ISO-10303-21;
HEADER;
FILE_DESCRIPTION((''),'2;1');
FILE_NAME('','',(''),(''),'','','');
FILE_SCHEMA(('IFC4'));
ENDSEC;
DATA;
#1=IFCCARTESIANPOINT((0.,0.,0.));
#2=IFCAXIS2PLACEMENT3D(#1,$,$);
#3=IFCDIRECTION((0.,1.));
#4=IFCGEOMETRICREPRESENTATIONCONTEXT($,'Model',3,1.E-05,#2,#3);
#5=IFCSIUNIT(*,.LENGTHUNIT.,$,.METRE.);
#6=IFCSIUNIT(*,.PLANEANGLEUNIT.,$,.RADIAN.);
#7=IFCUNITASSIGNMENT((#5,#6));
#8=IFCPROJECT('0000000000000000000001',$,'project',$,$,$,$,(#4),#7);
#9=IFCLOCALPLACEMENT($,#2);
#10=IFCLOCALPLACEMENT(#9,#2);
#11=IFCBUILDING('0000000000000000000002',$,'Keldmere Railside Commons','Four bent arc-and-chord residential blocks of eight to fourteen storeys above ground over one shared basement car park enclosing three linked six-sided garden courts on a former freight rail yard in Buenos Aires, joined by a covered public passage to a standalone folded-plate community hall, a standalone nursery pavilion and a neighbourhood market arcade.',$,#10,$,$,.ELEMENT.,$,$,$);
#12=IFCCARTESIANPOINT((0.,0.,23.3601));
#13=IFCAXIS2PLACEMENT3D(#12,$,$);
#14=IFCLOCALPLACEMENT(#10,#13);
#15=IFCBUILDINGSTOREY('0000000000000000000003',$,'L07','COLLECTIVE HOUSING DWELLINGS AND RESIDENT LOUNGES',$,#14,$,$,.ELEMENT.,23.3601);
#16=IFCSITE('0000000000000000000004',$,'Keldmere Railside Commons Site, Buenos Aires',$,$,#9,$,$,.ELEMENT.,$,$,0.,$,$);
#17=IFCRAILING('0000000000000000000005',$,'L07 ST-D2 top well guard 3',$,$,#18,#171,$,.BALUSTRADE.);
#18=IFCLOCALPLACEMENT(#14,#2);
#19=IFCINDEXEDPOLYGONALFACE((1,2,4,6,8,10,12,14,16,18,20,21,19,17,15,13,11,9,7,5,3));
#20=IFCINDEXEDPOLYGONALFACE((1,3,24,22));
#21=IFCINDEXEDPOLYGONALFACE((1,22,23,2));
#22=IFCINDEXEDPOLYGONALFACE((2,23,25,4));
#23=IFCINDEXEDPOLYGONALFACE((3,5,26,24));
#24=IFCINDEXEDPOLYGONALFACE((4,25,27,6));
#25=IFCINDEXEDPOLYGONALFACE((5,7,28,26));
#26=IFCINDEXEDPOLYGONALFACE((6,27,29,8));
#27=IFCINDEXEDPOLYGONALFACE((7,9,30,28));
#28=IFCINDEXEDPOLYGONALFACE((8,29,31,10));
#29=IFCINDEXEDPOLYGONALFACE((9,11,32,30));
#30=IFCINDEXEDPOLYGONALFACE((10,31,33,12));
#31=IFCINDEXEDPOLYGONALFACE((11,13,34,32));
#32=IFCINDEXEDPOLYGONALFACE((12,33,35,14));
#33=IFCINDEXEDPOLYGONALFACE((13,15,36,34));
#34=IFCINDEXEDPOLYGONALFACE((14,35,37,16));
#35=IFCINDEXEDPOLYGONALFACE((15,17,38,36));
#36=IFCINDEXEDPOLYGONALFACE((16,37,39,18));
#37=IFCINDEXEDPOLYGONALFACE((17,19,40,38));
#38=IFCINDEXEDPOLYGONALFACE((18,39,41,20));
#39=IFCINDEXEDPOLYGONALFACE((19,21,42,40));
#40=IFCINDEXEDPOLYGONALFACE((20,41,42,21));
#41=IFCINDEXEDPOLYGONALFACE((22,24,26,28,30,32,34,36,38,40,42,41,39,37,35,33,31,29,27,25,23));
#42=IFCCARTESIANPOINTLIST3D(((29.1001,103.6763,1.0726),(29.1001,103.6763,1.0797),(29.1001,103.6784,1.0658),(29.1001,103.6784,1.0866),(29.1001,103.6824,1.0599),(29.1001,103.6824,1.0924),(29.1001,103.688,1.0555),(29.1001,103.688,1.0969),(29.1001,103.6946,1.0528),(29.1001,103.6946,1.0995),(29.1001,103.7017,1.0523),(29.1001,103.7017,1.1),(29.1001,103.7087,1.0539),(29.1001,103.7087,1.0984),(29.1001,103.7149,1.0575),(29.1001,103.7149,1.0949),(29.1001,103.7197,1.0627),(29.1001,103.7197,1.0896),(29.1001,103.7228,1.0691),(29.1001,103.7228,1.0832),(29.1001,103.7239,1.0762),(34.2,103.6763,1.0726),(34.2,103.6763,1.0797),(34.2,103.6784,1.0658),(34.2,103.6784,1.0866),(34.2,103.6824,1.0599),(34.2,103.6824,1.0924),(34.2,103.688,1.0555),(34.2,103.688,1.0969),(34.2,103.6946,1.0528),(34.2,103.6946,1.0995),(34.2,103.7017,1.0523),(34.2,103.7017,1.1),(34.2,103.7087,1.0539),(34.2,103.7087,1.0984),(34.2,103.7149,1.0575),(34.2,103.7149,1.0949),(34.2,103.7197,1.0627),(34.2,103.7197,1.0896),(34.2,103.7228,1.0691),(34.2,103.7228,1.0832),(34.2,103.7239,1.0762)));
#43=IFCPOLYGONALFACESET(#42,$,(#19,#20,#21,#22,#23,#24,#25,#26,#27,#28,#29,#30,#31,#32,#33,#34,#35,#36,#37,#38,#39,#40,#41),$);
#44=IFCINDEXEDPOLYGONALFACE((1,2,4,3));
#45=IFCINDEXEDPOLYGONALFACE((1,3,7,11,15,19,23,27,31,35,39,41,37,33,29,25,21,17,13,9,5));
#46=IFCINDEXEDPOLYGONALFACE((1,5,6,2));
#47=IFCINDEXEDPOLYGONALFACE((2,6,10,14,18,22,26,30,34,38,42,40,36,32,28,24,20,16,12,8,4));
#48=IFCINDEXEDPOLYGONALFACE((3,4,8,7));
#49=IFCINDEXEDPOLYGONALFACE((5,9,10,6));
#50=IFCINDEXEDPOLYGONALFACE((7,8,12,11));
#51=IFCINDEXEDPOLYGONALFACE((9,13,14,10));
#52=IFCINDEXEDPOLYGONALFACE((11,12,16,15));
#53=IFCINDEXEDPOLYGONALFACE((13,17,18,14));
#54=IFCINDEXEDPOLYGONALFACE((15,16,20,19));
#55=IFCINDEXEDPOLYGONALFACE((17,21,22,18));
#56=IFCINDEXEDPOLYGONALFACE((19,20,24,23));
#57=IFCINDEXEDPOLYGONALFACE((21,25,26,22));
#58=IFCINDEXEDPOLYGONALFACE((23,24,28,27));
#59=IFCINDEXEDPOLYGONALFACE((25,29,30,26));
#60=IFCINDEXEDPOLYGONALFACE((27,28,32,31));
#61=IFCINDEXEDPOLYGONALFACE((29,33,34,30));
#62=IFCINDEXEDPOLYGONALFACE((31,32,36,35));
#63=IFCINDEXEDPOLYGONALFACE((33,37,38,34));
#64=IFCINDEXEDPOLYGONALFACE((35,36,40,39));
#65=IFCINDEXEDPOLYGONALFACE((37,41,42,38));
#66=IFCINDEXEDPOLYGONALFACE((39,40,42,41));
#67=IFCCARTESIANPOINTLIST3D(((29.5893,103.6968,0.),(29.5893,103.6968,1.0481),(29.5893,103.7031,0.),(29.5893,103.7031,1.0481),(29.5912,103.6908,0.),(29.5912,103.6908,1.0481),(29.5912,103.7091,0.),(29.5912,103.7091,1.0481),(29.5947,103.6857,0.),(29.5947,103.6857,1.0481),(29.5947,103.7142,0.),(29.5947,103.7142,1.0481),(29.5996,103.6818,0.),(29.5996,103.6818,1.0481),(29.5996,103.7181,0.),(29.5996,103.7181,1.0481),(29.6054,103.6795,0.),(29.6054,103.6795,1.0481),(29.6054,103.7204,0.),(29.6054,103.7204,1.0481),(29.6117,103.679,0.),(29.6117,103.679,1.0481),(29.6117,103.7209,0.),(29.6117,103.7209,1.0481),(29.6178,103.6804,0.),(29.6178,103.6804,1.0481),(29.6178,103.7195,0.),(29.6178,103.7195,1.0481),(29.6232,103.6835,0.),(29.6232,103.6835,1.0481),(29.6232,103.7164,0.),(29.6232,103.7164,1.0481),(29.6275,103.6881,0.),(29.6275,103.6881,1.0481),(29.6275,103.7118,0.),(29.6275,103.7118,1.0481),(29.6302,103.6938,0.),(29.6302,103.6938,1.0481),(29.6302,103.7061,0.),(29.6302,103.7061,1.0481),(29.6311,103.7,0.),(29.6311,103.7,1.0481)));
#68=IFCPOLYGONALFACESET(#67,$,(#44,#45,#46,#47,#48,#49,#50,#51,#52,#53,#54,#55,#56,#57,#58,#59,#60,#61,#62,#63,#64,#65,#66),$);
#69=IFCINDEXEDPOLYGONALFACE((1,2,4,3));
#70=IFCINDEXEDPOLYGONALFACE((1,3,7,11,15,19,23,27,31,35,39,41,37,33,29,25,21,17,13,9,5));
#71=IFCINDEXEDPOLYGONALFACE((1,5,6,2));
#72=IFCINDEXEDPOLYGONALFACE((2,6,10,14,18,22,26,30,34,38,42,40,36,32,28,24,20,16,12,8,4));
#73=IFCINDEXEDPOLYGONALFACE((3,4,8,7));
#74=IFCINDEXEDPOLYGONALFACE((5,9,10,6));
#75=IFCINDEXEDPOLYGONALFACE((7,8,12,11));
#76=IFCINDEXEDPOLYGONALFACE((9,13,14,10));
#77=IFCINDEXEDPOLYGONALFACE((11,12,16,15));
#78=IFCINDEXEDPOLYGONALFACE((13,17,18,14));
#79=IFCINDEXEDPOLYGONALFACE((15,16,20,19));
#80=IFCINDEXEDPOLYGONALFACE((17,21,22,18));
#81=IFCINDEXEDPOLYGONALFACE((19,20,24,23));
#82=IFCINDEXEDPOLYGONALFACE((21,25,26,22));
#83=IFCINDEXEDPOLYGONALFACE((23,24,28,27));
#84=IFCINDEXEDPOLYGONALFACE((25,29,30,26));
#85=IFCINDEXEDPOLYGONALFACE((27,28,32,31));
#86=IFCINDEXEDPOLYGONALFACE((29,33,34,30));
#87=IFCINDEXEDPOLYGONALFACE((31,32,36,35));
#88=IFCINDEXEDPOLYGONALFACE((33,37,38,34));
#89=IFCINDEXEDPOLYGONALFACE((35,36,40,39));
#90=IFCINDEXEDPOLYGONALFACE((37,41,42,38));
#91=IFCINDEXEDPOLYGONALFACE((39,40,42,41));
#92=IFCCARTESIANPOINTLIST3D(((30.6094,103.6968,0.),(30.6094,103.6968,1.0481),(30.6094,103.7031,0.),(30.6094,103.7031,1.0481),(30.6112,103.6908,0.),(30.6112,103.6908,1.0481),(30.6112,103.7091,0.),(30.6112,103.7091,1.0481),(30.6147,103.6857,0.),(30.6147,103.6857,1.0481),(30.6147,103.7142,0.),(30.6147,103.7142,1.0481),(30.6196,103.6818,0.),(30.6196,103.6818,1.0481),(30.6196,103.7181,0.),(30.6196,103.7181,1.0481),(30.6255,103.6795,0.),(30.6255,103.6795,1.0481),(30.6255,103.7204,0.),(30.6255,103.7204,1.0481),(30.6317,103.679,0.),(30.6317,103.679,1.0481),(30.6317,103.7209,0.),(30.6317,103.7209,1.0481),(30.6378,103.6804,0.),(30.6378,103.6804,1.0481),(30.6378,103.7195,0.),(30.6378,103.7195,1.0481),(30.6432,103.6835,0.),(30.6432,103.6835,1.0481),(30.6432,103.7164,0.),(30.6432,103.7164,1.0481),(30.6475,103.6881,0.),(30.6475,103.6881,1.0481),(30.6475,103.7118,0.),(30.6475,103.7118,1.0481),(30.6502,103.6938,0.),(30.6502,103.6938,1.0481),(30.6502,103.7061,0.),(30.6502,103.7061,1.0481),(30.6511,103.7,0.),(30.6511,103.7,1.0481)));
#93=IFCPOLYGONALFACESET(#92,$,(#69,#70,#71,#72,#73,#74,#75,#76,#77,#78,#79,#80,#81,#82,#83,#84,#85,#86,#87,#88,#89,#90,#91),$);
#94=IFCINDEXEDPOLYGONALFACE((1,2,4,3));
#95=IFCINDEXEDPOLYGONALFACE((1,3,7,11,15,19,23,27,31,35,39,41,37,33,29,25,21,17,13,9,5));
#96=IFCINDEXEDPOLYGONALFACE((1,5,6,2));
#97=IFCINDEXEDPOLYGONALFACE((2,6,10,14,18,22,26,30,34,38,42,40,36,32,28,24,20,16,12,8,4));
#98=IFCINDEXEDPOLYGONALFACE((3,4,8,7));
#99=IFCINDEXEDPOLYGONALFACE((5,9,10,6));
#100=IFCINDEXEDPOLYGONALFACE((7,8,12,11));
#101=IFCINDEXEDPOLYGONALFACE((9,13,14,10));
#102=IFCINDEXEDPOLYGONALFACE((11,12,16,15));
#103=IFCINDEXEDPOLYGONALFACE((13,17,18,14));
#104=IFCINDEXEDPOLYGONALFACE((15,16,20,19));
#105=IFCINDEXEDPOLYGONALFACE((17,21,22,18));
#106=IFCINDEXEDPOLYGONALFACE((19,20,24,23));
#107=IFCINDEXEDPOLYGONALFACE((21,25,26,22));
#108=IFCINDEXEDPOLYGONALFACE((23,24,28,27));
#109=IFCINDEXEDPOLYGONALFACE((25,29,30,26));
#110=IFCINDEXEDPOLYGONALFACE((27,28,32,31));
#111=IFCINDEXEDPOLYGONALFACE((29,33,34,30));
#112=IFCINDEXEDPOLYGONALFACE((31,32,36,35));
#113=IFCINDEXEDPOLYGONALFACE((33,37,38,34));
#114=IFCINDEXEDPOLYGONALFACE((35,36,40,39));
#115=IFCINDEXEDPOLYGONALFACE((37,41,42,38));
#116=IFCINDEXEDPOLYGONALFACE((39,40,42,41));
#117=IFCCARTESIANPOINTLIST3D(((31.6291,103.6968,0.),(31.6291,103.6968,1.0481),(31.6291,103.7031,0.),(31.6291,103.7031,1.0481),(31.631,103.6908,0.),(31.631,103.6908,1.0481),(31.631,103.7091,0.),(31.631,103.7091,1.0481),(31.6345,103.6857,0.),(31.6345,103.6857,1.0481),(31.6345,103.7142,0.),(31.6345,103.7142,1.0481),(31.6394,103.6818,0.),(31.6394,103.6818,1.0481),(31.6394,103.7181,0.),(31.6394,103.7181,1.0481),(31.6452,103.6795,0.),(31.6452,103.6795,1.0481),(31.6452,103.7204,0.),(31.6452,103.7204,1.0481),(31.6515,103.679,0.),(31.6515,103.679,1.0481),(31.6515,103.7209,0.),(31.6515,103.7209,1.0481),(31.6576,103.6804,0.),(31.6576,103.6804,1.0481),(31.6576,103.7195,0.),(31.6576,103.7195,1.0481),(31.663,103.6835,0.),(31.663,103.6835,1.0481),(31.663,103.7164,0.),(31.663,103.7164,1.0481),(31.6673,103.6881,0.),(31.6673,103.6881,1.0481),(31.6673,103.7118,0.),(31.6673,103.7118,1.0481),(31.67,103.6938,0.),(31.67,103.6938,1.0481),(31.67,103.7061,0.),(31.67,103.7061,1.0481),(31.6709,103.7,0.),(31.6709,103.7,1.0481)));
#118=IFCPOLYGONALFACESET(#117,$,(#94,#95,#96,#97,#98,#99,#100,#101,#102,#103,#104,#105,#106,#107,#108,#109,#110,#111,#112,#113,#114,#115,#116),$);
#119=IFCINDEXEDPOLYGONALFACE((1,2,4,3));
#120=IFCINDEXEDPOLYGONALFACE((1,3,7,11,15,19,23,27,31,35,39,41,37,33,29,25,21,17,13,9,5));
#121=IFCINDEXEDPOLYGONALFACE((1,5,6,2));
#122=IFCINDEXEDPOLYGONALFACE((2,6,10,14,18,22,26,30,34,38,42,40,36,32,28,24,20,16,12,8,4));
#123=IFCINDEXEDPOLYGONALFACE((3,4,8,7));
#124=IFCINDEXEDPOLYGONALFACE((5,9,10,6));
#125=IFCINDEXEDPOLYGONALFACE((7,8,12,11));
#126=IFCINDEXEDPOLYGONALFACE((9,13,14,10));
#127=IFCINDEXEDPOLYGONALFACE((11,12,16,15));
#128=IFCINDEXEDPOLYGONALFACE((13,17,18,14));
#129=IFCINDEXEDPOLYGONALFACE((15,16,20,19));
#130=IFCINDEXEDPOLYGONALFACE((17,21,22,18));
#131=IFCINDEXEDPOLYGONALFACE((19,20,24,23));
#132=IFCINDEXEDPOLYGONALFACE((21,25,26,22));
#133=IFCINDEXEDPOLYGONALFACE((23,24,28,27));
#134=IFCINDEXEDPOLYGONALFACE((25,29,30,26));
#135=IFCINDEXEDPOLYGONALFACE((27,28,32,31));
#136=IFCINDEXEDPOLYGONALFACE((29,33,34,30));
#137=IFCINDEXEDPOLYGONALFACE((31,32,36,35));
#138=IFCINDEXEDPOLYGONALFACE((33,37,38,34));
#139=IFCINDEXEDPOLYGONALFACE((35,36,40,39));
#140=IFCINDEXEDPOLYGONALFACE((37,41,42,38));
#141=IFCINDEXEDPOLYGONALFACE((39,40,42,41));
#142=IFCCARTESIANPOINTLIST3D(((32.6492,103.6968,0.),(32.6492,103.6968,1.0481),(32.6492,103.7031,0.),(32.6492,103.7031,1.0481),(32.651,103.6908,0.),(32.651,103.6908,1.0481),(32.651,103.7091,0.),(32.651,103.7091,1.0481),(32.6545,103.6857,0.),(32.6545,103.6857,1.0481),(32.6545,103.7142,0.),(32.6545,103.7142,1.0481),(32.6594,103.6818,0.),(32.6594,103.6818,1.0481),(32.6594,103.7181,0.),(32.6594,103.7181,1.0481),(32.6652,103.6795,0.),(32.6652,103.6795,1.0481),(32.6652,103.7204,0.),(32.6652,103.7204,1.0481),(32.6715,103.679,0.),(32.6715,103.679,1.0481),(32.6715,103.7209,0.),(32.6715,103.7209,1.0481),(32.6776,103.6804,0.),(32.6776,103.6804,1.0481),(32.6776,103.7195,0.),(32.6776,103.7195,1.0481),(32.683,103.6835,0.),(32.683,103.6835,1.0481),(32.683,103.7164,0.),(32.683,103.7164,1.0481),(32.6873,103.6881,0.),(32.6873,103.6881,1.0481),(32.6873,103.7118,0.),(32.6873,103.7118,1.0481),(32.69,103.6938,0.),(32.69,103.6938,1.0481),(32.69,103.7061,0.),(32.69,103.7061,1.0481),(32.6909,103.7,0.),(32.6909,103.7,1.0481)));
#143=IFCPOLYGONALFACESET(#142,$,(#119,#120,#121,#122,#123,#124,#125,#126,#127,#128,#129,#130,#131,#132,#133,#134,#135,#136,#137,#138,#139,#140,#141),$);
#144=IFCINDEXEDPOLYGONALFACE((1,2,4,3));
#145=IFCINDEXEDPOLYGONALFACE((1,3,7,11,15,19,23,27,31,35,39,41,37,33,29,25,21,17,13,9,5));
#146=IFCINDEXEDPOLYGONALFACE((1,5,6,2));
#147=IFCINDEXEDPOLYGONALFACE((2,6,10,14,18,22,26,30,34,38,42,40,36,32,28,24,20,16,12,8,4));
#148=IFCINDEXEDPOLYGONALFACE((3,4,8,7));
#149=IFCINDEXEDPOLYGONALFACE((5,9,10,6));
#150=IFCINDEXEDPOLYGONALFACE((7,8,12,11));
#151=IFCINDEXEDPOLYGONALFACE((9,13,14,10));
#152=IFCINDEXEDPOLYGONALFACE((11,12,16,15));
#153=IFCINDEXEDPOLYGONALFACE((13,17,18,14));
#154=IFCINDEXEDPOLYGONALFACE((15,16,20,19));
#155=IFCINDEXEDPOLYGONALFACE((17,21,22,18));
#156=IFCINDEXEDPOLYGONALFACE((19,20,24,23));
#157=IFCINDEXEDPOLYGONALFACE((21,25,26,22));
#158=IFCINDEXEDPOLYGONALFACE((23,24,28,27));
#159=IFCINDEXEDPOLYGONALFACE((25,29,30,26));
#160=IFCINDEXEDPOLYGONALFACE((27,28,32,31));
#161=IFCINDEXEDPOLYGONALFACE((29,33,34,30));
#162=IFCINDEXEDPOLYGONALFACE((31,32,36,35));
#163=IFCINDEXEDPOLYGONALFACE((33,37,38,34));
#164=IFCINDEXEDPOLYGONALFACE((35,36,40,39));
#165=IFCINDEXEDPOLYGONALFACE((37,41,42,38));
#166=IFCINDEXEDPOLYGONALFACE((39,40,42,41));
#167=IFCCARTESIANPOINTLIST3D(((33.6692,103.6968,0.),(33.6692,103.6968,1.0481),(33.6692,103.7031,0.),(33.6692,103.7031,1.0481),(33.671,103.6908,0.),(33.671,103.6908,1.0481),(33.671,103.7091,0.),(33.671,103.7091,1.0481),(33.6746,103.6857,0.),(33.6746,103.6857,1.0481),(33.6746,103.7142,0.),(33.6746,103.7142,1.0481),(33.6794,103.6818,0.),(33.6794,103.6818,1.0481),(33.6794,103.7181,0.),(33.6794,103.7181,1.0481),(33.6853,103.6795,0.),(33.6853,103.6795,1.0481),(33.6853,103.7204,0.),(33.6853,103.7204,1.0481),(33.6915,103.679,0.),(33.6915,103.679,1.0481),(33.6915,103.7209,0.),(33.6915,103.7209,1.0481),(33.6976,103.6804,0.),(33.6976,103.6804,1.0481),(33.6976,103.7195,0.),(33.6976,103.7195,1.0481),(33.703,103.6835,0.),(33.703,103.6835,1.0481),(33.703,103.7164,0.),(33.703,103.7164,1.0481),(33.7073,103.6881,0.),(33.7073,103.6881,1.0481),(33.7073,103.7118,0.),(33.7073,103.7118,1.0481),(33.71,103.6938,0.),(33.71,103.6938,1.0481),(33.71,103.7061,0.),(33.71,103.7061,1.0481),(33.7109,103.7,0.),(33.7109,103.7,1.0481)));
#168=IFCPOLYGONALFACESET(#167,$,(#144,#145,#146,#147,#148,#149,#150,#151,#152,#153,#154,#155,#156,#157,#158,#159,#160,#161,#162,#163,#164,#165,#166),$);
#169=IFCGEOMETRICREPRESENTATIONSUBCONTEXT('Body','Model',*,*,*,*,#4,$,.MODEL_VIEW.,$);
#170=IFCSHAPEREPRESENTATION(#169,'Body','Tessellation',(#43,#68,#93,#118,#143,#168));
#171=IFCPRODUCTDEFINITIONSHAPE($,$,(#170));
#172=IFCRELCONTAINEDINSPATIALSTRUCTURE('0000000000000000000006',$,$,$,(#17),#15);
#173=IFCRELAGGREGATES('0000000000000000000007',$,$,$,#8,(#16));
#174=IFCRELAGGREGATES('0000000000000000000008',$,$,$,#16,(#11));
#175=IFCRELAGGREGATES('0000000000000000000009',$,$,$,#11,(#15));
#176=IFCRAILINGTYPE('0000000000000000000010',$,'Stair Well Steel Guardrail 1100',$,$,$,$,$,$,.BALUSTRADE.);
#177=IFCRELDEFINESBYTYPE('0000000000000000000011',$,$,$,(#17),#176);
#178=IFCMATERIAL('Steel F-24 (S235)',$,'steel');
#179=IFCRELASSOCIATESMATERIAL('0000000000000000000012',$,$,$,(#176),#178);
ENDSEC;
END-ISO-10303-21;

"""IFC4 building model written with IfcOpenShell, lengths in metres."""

from ifc_helpers import new_model, si_unit, direction, frame, origin, origin_2d, place, context, subcontext, project, spatial, circle, extrude, material, type_object, element, save


model = new_model("IFC4")

# Units and contexts
model_context = context("Model", 3, precision=1e-05, world=origin(), true_north=direction((0.0, 1.0)))
body_context = subcontext(model_context, "Body", "Model", "MODEL_VIEW")
ifc_project = project(units=[si_unit("LENGTHUNIT", "METRE"), si_unit("PLANEANGLEUNIT", "RADIAN")], contexts=[model_context])

# Site, building, storey
site_placement = place(None, origin())
site = spatial("IfcSite", under=ifc_project, at=site_placement, Name="Keldmere Railside Commons Site, Buenos Aires", CompositionType="ELEMENT", RefElevation=0.0)
building_placement = place(site_placement, origin())
building = spatial("IfcBuilding", under=site, at=building_placement, Name="Keldmere Railside Commons", Description="Four bent arc-and-chord residential blocks of eight to fourteen storeys above ground over one shared basement car park enclosing three linked six-sided garden courts on a former freight rail yard in Buenos Aires, joined by a covered public passage to a standalone folded-plate community hall, a standalone nursery pavilion and a neighbourhood market arcade.", CompositionType="ELEMENT")
storey_placement = place(building_placement, frame((0.0, 0.0, 23.3601)))
storey = spatial("IfcBuildingStorey", under=building, at=storey_placement, Name="L07", Description="COLLECTIVE HOUSING DWELLINGS AND RESIDENT LOUNGES", CompositionType="ELEMENT", Elevation=23.3601)

# Railing
ifc_material_1 = material(Name="Steel F-24 (S235)", Category="steel")
railing_type_1 = type_object("IfcRailingType", Name="Stair Well Steel Guardrail 1100", PredefinedType="BALUSTRADE", material=ifc_material_1)
for number, where, name in (
    (1, (29.1001, 103.7, 0.0), "L07 ST-D2 top well guard 3"),
):
    element("IfcRailing", number, at=place(storey_placement, frame(where)), inside=storey, type_object=railing_type_1, Name=name, PredefinedType="BALUSTRADE", context=body_context, shape_type="SweptSolid", body=[
        extrude(circle(Radius=0.0239, at=origin_2d()), frame((0.0, 0.0, 1.0762), z_axis=(1.0, 0.0, 0.0), x_axis=(0.0, 1.0, 0.0)), (0.0, 0.0, 1.0), 5.0999),
        extrude(circle(Radius=0.021, at=origin_2d()), frame((0.51, 0.0, 0.0)), (0.0, 0.0, 1.0), 1.0481),
        extrude(circle(Radius=0.021, at=origin_2d()), frame((1.53, 0.0, 0.0)), (0.0, 0.0, 1.0), 1.0481),
        extrude(circle(Radius=0.021, at=origin_2d()), frame((2.5498, 0.0, 0.0)), (0.0, 0.0, 1.0), 1.0481),
        extrude(circle(Radius=0.021, at=origin_2d()), frame((3.5698, 0.0, 0.0)), (0.0, 0.0, 1.0), 1.0481),
        extrude(circle(Radius=0.021, at=origin_2d()), frame((4.5898, 0.0, 0.0)), (0.0, 0.0, 1.0), 1.0481),
    ])

save(model, "model.ifc")
